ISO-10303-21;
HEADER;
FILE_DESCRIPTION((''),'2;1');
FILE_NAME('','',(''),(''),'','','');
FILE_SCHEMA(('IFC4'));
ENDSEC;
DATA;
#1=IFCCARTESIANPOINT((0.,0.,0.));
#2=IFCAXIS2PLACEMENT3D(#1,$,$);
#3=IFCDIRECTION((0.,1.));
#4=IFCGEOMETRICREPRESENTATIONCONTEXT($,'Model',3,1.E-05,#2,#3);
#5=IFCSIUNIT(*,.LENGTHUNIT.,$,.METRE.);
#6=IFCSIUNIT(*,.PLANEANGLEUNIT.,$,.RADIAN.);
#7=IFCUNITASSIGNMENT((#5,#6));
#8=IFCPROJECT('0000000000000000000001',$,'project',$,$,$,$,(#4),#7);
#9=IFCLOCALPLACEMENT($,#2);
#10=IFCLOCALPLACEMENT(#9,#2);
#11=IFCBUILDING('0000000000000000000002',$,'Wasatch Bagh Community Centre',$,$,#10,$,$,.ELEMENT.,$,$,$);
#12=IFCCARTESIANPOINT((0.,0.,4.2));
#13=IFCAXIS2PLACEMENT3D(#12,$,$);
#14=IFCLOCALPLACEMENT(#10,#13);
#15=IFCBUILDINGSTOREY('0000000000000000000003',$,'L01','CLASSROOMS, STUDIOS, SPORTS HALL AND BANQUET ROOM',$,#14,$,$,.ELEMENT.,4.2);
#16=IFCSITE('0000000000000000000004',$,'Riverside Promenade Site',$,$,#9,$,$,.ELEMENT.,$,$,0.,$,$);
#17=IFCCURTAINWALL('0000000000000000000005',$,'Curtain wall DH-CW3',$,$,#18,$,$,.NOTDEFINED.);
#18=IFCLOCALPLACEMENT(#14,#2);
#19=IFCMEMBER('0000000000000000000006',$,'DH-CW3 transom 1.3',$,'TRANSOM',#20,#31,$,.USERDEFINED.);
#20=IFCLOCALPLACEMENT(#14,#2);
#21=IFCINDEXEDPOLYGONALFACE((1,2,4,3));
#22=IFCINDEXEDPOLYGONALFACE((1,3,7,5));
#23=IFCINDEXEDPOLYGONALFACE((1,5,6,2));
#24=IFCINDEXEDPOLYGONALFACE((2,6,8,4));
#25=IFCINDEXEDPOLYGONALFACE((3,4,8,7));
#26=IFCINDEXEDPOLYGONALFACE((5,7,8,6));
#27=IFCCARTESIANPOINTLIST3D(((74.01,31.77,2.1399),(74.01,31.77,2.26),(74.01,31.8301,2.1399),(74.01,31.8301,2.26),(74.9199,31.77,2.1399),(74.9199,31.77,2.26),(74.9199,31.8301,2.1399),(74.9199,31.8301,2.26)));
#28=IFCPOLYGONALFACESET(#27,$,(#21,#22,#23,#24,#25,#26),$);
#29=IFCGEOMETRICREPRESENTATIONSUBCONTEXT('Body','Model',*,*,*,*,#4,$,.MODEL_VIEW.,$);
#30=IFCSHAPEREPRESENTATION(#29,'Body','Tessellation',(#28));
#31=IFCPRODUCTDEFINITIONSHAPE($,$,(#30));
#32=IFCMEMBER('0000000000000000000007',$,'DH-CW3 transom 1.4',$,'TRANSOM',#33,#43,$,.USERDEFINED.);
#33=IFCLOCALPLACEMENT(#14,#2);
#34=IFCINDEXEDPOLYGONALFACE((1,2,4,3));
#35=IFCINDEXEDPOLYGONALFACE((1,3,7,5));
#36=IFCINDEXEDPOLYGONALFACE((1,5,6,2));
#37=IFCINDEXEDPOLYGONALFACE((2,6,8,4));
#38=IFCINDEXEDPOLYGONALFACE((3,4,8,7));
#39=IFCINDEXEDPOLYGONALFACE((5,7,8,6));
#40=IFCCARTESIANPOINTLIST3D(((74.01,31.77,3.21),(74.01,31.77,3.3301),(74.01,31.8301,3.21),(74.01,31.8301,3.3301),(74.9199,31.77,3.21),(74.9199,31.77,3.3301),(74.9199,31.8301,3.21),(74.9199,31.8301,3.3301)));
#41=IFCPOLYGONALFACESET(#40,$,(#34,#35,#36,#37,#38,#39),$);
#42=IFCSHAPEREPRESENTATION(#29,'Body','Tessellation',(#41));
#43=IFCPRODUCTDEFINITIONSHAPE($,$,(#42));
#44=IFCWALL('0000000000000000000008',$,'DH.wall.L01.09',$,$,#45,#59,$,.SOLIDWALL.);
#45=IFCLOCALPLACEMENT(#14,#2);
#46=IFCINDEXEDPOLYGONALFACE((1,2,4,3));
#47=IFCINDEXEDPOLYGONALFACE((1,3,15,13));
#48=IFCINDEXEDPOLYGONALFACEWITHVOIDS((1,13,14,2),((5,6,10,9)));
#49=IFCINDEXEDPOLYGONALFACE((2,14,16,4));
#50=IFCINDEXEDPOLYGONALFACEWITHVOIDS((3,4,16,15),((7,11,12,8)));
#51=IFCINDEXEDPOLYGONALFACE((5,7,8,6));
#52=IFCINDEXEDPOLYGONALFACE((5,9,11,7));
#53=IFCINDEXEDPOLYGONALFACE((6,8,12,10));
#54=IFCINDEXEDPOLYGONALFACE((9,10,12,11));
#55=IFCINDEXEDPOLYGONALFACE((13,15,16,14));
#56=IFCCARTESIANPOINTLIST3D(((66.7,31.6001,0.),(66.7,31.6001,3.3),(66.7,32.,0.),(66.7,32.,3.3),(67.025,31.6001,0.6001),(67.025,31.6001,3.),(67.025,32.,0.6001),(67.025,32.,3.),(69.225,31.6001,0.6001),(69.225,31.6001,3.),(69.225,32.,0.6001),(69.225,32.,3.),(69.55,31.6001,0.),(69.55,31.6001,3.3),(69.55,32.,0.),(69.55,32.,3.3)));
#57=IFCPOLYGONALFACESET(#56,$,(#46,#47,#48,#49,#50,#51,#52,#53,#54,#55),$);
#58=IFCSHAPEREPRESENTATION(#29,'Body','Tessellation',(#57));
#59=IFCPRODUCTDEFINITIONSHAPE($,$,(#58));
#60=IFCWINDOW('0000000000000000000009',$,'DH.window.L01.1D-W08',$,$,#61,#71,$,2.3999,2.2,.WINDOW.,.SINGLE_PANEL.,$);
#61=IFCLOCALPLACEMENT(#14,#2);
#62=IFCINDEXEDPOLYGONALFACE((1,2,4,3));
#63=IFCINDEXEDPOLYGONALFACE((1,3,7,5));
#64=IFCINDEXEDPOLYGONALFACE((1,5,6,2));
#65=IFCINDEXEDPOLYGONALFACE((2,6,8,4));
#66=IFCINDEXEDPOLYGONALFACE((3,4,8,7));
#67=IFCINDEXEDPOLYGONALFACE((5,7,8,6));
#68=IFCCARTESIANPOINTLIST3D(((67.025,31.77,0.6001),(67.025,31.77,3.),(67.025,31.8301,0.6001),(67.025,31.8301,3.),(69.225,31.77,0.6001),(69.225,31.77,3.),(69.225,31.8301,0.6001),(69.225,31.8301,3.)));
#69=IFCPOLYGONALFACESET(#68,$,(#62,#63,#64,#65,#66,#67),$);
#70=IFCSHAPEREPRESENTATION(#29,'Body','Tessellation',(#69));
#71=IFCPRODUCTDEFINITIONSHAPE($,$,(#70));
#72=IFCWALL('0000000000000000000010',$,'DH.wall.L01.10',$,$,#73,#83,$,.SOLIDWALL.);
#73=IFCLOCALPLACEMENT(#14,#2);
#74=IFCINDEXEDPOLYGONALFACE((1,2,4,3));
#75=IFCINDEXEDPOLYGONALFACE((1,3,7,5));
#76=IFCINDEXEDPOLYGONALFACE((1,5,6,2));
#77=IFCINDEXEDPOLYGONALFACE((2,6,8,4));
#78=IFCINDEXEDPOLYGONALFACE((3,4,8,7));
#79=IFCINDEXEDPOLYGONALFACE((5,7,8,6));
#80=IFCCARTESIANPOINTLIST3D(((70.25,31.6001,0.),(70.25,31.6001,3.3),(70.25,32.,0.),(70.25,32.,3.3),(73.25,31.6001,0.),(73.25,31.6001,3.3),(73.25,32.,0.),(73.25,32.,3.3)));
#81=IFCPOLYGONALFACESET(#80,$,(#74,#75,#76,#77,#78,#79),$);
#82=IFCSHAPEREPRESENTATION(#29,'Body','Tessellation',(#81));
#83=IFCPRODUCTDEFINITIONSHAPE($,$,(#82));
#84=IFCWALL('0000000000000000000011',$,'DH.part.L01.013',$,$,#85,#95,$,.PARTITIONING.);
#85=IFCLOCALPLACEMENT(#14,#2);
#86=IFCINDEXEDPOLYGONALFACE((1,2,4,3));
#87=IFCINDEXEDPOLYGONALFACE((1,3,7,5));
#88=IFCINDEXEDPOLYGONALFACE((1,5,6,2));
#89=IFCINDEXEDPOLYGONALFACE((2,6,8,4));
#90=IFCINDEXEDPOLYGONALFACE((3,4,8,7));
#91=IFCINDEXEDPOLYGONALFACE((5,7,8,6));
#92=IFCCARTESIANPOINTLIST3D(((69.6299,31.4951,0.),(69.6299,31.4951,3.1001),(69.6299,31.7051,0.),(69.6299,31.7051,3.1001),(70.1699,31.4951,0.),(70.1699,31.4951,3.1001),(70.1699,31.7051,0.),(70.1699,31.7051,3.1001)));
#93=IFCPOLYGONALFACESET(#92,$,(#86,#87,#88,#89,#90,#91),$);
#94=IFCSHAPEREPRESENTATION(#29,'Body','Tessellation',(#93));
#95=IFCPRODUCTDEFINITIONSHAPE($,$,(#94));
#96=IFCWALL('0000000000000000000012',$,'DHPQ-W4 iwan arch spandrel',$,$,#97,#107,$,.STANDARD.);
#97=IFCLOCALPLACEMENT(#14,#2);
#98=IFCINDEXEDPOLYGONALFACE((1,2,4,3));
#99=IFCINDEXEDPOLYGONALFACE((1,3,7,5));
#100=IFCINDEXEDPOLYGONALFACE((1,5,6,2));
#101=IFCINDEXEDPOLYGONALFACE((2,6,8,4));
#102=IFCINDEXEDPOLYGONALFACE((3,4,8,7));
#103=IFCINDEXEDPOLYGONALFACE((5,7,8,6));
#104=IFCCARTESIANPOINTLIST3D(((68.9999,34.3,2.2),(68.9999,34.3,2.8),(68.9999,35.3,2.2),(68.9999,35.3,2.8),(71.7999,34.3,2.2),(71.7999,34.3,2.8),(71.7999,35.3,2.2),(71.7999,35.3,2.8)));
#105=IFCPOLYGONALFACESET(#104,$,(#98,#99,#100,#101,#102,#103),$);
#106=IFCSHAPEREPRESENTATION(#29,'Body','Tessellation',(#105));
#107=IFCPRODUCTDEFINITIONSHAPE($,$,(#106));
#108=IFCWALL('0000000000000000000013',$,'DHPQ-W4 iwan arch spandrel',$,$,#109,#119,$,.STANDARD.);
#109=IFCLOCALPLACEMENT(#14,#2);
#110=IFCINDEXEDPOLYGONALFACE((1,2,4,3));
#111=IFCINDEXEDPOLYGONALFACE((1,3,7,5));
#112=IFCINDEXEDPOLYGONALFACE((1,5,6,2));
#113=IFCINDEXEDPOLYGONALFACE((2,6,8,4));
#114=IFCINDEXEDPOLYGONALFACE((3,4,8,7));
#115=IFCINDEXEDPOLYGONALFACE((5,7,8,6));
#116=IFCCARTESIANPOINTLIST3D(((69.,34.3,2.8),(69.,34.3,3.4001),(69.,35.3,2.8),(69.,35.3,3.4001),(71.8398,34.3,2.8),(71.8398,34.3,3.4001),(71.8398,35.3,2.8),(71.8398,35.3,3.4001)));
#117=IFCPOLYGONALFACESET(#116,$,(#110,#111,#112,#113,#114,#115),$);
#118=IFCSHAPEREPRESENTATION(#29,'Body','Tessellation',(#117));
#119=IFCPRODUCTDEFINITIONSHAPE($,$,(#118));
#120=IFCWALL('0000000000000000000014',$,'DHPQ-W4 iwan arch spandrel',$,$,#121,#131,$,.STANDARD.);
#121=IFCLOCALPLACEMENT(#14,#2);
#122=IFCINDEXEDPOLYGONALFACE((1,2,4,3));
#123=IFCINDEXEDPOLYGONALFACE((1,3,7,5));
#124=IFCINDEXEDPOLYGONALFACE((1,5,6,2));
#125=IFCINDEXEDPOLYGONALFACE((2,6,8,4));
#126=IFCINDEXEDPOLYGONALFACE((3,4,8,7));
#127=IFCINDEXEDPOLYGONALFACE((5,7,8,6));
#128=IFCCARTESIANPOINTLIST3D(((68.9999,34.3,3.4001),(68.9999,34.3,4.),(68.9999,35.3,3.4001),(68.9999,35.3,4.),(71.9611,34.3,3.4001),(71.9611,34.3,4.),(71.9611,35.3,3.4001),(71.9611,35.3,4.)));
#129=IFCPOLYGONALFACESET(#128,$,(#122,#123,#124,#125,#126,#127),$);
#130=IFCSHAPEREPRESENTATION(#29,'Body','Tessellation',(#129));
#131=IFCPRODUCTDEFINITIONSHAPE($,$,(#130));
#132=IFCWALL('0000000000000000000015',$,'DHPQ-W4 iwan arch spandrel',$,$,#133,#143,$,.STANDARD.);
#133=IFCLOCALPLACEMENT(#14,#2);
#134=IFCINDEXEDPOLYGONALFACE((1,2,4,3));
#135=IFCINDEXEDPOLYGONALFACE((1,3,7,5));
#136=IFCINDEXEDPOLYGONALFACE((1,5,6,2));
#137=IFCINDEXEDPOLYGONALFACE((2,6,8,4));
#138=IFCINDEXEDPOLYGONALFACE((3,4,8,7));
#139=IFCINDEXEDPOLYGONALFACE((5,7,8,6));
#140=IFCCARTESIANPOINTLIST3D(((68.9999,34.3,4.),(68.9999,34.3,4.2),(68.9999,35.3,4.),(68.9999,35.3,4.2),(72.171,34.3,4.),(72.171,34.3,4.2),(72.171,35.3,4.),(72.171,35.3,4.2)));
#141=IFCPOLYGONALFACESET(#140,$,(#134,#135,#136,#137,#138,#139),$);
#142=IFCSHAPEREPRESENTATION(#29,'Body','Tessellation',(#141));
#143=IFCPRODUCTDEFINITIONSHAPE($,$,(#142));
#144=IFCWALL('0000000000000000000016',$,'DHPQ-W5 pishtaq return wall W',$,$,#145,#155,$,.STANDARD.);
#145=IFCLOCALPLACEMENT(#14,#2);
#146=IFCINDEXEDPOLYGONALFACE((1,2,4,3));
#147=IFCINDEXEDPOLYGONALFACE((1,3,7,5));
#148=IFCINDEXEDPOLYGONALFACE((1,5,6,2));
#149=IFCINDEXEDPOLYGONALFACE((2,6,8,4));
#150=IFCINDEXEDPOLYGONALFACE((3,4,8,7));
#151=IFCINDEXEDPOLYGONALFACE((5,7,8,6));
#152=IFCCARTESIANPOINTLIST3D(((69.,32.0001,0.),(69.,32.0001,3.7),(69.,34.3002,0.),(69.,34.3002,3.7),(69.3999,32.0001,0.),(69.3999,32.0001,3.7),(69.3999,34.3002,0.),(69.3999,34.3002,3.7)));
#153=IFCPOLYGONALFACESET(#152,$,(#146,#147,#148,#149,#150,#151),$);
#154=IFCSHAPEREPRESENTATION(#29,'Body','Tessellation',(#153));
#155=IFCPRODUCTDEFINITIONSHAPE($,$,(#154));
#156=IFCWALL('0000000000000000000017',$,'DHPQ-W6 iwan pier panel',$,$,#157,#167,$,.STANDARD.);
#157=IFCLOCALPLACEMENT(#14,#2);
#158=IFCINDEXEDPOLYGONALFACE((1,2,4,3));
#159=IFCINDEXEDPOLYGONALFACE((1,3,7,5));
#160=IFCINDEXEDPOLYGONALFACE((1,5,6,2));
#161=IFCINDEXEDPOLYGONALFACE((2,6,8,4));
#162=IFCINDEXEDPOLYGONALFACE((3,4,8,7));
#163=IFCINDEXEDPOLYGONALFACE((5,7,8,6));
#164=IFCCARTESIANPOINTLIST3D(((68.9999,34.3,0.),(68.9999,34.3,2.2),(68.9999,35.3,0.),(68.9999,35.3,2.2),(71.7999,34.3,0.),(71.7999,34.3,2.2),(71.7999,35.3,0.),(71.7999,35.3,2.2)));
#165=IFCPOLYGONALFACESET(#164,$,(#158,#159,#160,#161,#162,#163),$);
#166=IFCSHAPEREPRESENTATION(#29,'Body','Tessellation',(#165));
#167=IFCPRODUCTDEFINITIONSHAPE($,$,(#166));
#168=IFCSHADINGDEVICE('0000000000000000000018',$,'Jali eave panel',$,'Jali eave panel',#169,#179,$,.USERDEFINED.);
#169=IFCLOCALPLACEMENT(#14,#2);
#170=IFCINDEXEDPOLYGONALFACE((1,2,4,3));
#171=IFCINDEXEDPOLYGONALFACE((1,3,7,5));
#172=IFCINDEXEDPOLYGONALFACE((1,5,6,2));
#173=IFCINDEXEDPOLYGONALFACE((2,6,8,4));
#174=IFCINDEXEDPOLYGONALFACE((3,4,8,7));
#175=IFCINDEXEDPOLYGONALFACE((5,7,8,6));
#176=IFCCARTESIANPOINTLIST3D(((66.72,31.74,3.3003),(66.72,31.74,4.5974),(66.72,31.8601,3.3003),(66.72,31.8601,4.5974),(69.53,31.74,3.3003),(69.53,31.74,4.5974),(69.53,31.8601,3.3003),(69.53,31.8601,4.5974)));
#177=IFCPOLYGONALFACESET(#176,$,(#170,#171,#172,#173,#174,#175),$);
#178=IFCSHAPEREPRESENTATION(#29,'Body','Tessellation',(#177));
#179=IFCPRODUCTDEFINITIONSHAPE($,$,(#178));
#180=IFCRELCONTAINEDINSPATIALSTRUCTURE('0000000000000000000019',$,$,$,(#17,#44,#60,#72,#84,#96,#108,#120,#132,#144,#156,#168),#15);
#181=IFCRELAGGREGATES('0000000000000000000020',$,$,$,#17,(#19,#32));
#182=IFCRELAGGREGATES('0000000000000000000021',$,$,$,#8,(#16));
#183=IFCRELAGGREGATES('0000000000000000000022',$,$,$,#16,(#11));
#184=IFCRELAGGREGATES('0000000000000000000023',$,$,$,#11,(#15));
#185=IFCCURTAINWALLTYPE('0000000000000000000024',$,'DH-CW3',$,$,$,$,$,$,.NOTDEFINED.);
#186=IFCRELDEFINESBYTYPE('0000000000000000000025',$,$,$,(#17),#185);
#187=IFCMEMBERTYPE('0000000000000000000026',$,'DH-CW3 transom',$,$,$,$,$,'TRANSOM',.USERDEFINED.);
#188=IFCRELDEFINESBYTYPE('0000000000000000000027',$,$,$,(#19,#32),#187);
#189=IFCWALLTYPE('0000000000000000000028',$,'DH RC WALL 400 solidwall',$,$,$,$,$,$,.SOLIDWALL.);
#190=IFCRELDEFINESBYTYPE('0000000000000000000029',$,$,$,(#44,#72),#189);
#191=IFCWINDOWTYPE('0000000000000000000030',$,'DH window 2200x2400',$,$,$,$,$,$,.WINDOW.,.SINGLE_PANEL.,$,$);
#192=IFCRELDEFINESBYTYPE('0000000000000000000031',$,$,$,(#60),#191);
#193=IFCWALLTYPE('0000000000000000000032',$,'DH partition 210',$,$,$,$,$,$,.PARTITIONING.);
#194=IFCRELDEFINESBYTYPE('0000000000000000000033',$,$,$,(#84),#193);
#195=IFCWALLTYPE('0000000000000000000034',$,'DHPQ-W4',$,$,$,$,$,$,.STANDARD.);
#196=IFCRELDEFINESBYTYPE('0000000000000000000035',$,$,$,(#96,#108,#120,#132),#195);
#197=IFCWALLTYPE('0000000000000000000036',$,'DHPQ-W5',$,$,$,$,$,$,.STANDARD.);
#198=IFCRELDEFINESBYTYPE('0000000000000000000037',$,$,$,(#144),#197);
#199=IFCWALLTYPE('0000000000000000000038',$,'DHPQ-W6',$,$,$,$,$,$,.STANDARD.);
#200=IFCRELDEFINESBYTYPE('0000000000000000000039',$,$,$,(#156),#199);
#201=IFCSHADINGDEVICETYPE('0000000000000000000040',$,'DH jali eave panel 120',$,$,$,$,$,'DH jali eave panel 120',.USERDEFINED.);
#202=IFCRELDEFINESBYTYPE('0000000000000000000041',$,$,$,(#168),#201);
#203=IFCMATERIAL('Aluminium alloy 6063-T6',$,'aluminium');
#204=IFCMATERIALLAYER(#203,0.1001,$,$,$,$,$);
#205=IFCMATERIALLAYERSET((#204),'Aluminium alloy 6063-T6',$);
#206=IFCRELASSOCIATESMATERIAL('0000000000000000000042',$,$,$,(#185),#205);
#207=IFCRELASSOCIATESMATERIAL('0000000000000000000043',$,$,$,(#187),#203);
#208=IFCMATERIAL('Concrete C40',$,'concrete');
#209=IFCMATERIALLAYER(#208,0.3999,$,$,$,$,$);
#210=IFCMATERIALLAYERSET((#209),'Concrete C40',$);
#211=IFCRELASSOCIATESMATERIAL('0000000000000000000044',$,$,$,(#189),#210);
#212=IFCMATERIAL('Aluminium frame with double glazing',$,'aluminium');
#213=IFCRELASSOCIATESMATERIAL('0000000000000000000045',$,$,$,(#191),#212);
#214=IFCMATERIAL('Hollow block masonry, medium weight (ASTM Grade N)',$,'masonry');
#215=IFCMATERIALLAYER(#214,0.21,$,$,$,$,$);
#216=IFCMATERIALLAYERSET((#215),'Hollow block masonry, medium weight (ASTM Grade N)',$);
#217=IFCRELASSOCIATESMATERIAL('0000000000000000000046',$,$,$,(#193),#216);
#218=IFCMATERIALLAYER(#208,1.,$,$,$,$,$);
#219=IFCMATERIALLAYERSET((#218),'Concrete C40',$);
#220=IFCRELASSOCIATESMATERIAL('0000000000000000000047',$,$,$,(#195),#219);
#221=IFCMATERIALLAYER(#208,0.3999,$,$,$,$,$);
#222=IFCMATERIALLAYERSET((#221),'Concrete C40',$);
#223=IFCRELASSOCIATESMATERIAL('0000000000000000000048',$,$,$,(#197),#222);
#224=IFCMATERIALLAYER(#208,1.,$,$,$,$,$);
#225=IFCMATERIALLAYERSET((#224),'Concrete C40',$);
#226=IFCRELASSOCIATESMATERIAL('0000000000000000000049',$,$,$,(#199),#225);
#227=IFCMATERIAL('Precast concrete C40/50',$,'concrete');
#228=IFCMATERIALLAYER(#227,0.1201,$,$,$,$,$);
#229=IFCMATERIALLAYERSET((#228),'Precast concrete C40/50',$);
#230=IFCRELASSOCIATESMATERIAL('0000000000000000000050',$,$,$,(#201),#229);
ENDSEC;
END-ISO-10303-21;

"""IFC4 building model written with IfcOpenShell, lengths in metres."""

from ifc_helpers import new_model, si_unit, direction, frame, frame_2d, origin, origin_2d, place, context, subcontext, project, spatial, rectangle, extrude, material, layer, layer_set, material_profile, profile_set, type_object, element, fill, aggregate, save


model = new_model("IFC4")

# Units and contexts
model_context = context("Model", 3, precision=1e-05, world=origin(), true_north=direction((0.0, 1.0)))
body_context = subcontext(model_context, "Body", "Model", "MODEL_VIEW")
ifc_project = project(units=[si_unit("LENGTHUNIT", "METRE"), si_unit("PLANEANGLEUNIT", "RADIAN")], contexts=[model_context])

# Site, building, storey
site_placement = place(None, origin())
site = spatial("IfcSite", under=ifc_project, at=site_placement, Name="Riverside Promenade Site", CompositionType="ELEMENT", RefElevation=0.0)
building_placement = place(site_placement, origin())
building = spatial("IfcBuilding", under=site, at=building_placement, Name="Wasatch Bagh Community Centre", CompositionType="ELEMENT")
storey_placement = place(building_placement, frame((0.0, 0.0, 4.2)))
storey = spatial("IfcBuildingStorey", under=building, at=storey_placement, Name="L01", Description="CLASSROOMS, STUDIOS, SPORTS HALL AND BANQUET ROOM", CompositionType="ELEMENT", Elevation=4.2)

# Shared definitions
ifc_material_1 = material(Name="Concrete C40", Category="concrete")

# Curtain wall, members
ifc_material_2 = material(Name="Aluminium alloy 6063-T6", Category="aluminium")
ifc_layer_1 = layer(ifc_material_2, 0.1001)
ifc_layer_set_1 = layer_set([ifc_layer_1], Name="Aluminium alloy 6063-T6")
curtain_wall_type = type_object("IfcCurtainWallType", Name="DH-CW3", PredefinedType="NOTDEFINED", material=ifc_layer_set_1)
curtain_wall_placement = place(storey_placement, origin())
curtain_wall = element("IfcCurtainWall", 1, at=curtain_wall_placement, inside=storey, type_object=curtain_wall_type, Name="Curtain wall DH-CW3", PredefinedType="NOTDEFINED")
ifc_material_profile_1 = material_profile(ifc_material_2, rectangle(XDim=0.0601, YDim=0.1201, at=origin_2d()), Name="AL 60x120")
ifc_profile_set_1 = profile_set([ifc_material_profile_1], Name="Aluminium alloy 6063-T6")
member_type_1 = type_object("IfcMemberType", Name="DH-CW3 transom", ElementType="TRANSOM", PredefinedType="USERDEFINED", material=ifc_profile_set_1)
member_1_placement = place(storey_placement, frame((74.01, 31.8, 2.2), z_axis=(1.0, 0.0, 0.0), x_axis=(0.0, 1.0, 0.0)))
member_1 = element("IfcMember", 2, at=member_1_placement, type_object=member_type_1, Name="DH-CW3 transom 1.3", ObjectType="TRANSOM", PredefinedType="USERDEFINED", context=body_context, shape_type="SweptSolid", body=[
    extrude(rectangle(XDim=0.0601, YDim=0.1201, at=origin_2d()), origin(), (0.0, 0.0, 1.0), 0.9099),
])
member_2_placement = place(storey_placement, frame((74.01, 31.8, 3.27), z_axis=(1.0, 0.0, 0.0), x_axis=(0.0, 1.0, 0.0)))
member_2 = element("IfcMember", 3, at=member_2_placement, type_object=member_type_1, Name="DH-CW3 transom 1.4", ObjectType="TRANSOM", PredefinedType="USERDEFINED", context=body_context, shape_type="SweptSolid", body=[
    extrude(rectangle(XDim=0.0601, YDim=0.1201, at=origin_2d()), origin(), (0.0, 0.0, 1.0), 0.9099),
])
aggregate(curtain_wall, [member_1, member_2])

# Wall, opening, window
ifc_layer_2 = layer(ifc_material_1, 0.3999)
ifc_layer_set_2 = layer_set([ifc_layer_2], Name="Concrete C40")
wall_type_1 = type_object("IfcWallType", Name="DH RC WALL 400 solidwall", PredefinedType="SOLIDWALL", material=ifc_layer_set_2)
wall_1_placement = place(storey_placement, frame((66.7, 31.8, 0.0), z_axis=(0.0, 0.0, 1.0), x_axis=(1.0, 0.0, 0.0)))
wall_1 = element("IfcWall", 4, at=wall_1_placement, inside=storey, type_object=wall_type_1, Name="DH.wall.L01.09", PredefinedType="SOLIDWALL", context=body_context, shape_type="SweptSolid", body=[
    extrude(rectangle(XDim=2.8501, YDim=0.3999, at=frame_2d((1.425, 0.0))), origin(), (0.0, 0.0, 1.0), 3.3),
])
opening_placement = place(wall_1_placement, frame((0.325, 0.0, 0.6001)))
opening = element("IfcOpeningElement", 5, at=opening_placement, cuts=wall_1, PredefinedType="OPENING", context=body_context, shape_type="SweptSolid", body=[
    extrude(rectangle(XDim=2.2, YDim=2.3999, at=frame_2d((1.1001, 1.2))), frame((0.0, 0.21, 0.0), z_axis=(0.0, -1.0, 0.0), x_axis=(1.0, 0.0, 0.0)), (0.0, 0.0, 1.0), 0.4199),
])
ifc_material_3 = material(Name="Aluminium frame with double glazing", Category="aluminium")
window_type = type_object("IfcWindowType", Name="DH window 2200x2400", PartitioningType="SINGLE_PANEL", PredefinedType="WINDOW", material=ifc_material_3)
window_placement = place(opening_placement, origin())
window = element("IfcWindow", 6, at=window_placement, inside=storey, type_object=window_type, Name="DH.window.L01.1D-W08", OverallHeight=2.3999, OverallWidth=2.2, PartitioningType="SINGLE_PANEL", PredefinedType="WINDOW", context=body_context, shape_type="SweptSolid", body=[
    extrude(rectangle(XDim=2.2, YDim=2.3999, at=frame_2d((1.1001, 1.2))), frame((0.0, 0.03, 0.0), z_axis=(0.0, -1.0, 0.0), x_axis=(1.0, 0.0, 0.0)), (0.0, 0.0, 1.0), 0.0601),
])
fill(opening, window)

# Walls
wall_2_placement = place(storey_placement, frame((70.25, 31.8, 0.0), z_axis=(0.0, 0.0, 1.0), x_axis=(1.0, 0.0, 0.0)))
element("IfcWall", 7, at=wall_2_placement, inside=storey, type_object=wall_type_1, Name="DH.wall.L01.10", PredefinedType="SOLIDWALL", context=body_context, shape_type="SweptSolid", body=[
    extrude(rectangle(XDim=3.0, YDim=0.3999, at=frame_2d((1.5, 0.0))), origin(), (0.0, 0.0, 1.0), 3.3),
])
ifc_material_4 = material(Name="Hollow block masonry, medium weight (ASTM Grade N)", Category="masonry")
ifc_layer_3 = layer(ifc_material_4, 0.21)
ifc_layer_set_3 = layer_set([ifc_layer_3], Name="Hollow block masonry, medium weight (ASTM Grade N)")
wall_type_2 = type_object("IfcWallType", Name="DH partition 210", PredefinedType="PARTITIONING", material=ifc_layer_set_3)
wall_3_placement = place(storey_placement, frame((70.1699, 31.6001, 0.0), z_axis=(0.0, 0.0, 1.0), x_axis=(-1.0, 0.0, 0.0)))
element("IfcWall", 8, at=wall_3_placement, inside=storey, type_object=wall_type_2, Name="DH.part.L01.013", PredefinedType="PARTITIONING", context=body_context, shape_type="SweptSolid", body=[
    extrude(rectangle(XDim=0.54, YDim=0.21, at=frame_2d((0.27, 0.0))), origin(), (0.0, 0.0, 1.0), 3.1001),
])
ifc_layer_4 = layer(ifc_material_1, 1.0)
ifc_layer_set_4 = layer_set([ifc_layer_4], Name="Concrete C40")
wall_type_3 = type_object("IfcWallType", Name="DHPQ-W4", PredefinedType="STANDARD", material=ifc_layer_set_4)
wall_4_placement = place(storey_placement, frame((69.0, 34.8, 2.2), z_axis=(0.0, 0.0, 1.0), x_axis=(1.0, 0.0, 0.0)))
element("IfcWall", 9, at=wall_4_placement, inside=storey, type_object=wall_type_3, Name="DHPQ-W4 iwan arch spandrel", PredefinedType="STANDARD", context=body_context, shape_type="SweptSolid", body=[
    extrude(rectangle(XDim=2.8, YDim=1.0, at=frame_2d((1.3999, 0.0))), origin(), (0.0, 0.0, 1.0), 0.6001),
])
wall_5_placement = place(storey_placement, frame((69.0, 34.8, 2.8), z_axis=(0.0, 0.0, 1.0), x_axis=(1.0, 0.0, 0.0)))
element("IfcWall", 10, at=wall_5_placement, inside=storey, type_object=wall_type_3, Name="DHPQ-W4 iwan arch spandrel", PredefinedType="STANDARD", context=body_context, shape_type="SweptSolid", body=[
    extrude(rectangle(XDim=2.8398, YDim=1.0, at=frame_2d((1.4199, 0.0))), origin(), (0.0, 0.0, 1.0), 0.6001),
])
wall_6_placement = place(storey_placement, frame((69.0, 34.8, 3.4001), z_axis=(0.0, 0.0, 1.0), x_axis=(1.0, 0.0, 0.0)))
element("IfcWall", 11, at=wall_6_placement, inside=storey, type_object=wall_type_3, Name="DHPQ-W4 iwan arch spandrel", PredefinedType="STANDARD", context=body_context, shape_type="SweptSolid", body=[
    extrude(rectangle(XDim=2.9612, YDim=1.0, at=frame_2d((1.4805, 0.0))), origin(), (0.0, 0.0, 1.0), 0.5999),
])
wall_7_placement = place(storey_placement, frame((69.0, 34.8, 4.0), z_axis=(0.0, 0.0, 1.0), x_axis=(1.0, 0.0, 0.0)))
element("IfcWall", 12, at=wall_7_placement, inside=storey, type_object=wall_type_3, Name="DHPQ-W4 iwan arch spandrel", PredefinedType="STANDARD", context=body_context, shape_type="SweptSolid", body=[
    extrude(rectangle(XDim=3.1711, YDim=1.0, at=frame_2d((1.5854, 0.0))), origin(), (0.0, 0.0, 1.0), 0.2),
])
ifc_layer_5 = layer(ifc_material_1, 0.3999)
ifc_layer_set_5 = layer_set([ifc_layer_5], Name="Concrete C40")
wall_type_4 = type_object("IfcWallType", Name="DHPQ-W5", PredefinedType="STANDARD", material=ifc_layer_set_5)
wall_8_placement = place(storey_placement, frame((69.2, 34.3, 0.0), z_axis=(0.0, 0.0, 1.0), x_axis=(0.0, -1.0, 0.0)))
element("IfcWall", 13, at=wall_8_placement, inside=storey, type_object=wall_type_4, Name="DHPQ-W5 pishtaq return wall W", PredefinedType="STANDARD", context=body_context, shape_type="SweptSolid", body=[
    extrude(rectangle(XDim=2.3, YDim=0.3999, at=frame_2d((1.1499, 0.0))), origin(), (0.0, 0.0, 1.0), 3.7),
])
ifc_layer_6 = layer(ifc_material_1, 1.0)
ifc_layer_set_6 = layer_set([ifc_layer_6], Name="Concrete C40")
wall_type_5 = type_object("IfcWallType", Name="DHPQ-W6", PredefinedType="STANDARD", material=ifc_layer_set_6)
wall_9_placement = place(storey_placement, frame((69.0, 34.8, 0.0), z_axis=(0.0, 0.0, 1.0), x_axis=(1.0, 0.0, 0.0)))
element("IfcWall", 14, at=wall_9_placement, inside=storey, type_object=wall_type_5, Name="DHPQ-W6 iwan pier panel", PredefinedType="STANDARD", context=body_context, shape_type="SweptSolid", body=[
    extrude(rectangle(XDim=2.8, YDim=1.0, at=frame_2d((1.3999, 0.0))), origin(), (0.0, 0.0, 1.0), 2.2),
])

# Shading device
ifc_material_5 = material(Name="Precast concrete C40/50", Category="concrete")
ifc_layer_7 = layer(ifc_material_5, 0.1201)
ifc_layer_set_7 = layer_set([ifc_layer_7], Name="Precast concrete C40/50")
shading_device_type = type_object("IfcShadingDeviceType", Name="DH jali eave panel 120", ElementType="DH jali eave panel 120", PredefinedType="USERDEFINED", material=ifc_layer_set_7)
shading_device_1_placement = place(storey_placement, frame((68.125, 31.8, 3.3003), z_axis=(0.0, 0.0, 1.0), x_axis=(1.0, 0.0, 0.0)))
element("IfcShadingDevice", 15, at=shading_device_1_placement, inside=storey, type_object=shading_device_type, Name="Jali eave panel", ObjectType="Jali eave panel", PredefinedType="USERDEFINED", context=body_context, shape_type="SweptSolid", body=[
    extrude(rectangle(XDim=2.8101, YDim=0.1201, at=origin_2d()), origin(), (0.0, 0.0, 1.0), 1.2971),
])

save(model, "model.ifc")
